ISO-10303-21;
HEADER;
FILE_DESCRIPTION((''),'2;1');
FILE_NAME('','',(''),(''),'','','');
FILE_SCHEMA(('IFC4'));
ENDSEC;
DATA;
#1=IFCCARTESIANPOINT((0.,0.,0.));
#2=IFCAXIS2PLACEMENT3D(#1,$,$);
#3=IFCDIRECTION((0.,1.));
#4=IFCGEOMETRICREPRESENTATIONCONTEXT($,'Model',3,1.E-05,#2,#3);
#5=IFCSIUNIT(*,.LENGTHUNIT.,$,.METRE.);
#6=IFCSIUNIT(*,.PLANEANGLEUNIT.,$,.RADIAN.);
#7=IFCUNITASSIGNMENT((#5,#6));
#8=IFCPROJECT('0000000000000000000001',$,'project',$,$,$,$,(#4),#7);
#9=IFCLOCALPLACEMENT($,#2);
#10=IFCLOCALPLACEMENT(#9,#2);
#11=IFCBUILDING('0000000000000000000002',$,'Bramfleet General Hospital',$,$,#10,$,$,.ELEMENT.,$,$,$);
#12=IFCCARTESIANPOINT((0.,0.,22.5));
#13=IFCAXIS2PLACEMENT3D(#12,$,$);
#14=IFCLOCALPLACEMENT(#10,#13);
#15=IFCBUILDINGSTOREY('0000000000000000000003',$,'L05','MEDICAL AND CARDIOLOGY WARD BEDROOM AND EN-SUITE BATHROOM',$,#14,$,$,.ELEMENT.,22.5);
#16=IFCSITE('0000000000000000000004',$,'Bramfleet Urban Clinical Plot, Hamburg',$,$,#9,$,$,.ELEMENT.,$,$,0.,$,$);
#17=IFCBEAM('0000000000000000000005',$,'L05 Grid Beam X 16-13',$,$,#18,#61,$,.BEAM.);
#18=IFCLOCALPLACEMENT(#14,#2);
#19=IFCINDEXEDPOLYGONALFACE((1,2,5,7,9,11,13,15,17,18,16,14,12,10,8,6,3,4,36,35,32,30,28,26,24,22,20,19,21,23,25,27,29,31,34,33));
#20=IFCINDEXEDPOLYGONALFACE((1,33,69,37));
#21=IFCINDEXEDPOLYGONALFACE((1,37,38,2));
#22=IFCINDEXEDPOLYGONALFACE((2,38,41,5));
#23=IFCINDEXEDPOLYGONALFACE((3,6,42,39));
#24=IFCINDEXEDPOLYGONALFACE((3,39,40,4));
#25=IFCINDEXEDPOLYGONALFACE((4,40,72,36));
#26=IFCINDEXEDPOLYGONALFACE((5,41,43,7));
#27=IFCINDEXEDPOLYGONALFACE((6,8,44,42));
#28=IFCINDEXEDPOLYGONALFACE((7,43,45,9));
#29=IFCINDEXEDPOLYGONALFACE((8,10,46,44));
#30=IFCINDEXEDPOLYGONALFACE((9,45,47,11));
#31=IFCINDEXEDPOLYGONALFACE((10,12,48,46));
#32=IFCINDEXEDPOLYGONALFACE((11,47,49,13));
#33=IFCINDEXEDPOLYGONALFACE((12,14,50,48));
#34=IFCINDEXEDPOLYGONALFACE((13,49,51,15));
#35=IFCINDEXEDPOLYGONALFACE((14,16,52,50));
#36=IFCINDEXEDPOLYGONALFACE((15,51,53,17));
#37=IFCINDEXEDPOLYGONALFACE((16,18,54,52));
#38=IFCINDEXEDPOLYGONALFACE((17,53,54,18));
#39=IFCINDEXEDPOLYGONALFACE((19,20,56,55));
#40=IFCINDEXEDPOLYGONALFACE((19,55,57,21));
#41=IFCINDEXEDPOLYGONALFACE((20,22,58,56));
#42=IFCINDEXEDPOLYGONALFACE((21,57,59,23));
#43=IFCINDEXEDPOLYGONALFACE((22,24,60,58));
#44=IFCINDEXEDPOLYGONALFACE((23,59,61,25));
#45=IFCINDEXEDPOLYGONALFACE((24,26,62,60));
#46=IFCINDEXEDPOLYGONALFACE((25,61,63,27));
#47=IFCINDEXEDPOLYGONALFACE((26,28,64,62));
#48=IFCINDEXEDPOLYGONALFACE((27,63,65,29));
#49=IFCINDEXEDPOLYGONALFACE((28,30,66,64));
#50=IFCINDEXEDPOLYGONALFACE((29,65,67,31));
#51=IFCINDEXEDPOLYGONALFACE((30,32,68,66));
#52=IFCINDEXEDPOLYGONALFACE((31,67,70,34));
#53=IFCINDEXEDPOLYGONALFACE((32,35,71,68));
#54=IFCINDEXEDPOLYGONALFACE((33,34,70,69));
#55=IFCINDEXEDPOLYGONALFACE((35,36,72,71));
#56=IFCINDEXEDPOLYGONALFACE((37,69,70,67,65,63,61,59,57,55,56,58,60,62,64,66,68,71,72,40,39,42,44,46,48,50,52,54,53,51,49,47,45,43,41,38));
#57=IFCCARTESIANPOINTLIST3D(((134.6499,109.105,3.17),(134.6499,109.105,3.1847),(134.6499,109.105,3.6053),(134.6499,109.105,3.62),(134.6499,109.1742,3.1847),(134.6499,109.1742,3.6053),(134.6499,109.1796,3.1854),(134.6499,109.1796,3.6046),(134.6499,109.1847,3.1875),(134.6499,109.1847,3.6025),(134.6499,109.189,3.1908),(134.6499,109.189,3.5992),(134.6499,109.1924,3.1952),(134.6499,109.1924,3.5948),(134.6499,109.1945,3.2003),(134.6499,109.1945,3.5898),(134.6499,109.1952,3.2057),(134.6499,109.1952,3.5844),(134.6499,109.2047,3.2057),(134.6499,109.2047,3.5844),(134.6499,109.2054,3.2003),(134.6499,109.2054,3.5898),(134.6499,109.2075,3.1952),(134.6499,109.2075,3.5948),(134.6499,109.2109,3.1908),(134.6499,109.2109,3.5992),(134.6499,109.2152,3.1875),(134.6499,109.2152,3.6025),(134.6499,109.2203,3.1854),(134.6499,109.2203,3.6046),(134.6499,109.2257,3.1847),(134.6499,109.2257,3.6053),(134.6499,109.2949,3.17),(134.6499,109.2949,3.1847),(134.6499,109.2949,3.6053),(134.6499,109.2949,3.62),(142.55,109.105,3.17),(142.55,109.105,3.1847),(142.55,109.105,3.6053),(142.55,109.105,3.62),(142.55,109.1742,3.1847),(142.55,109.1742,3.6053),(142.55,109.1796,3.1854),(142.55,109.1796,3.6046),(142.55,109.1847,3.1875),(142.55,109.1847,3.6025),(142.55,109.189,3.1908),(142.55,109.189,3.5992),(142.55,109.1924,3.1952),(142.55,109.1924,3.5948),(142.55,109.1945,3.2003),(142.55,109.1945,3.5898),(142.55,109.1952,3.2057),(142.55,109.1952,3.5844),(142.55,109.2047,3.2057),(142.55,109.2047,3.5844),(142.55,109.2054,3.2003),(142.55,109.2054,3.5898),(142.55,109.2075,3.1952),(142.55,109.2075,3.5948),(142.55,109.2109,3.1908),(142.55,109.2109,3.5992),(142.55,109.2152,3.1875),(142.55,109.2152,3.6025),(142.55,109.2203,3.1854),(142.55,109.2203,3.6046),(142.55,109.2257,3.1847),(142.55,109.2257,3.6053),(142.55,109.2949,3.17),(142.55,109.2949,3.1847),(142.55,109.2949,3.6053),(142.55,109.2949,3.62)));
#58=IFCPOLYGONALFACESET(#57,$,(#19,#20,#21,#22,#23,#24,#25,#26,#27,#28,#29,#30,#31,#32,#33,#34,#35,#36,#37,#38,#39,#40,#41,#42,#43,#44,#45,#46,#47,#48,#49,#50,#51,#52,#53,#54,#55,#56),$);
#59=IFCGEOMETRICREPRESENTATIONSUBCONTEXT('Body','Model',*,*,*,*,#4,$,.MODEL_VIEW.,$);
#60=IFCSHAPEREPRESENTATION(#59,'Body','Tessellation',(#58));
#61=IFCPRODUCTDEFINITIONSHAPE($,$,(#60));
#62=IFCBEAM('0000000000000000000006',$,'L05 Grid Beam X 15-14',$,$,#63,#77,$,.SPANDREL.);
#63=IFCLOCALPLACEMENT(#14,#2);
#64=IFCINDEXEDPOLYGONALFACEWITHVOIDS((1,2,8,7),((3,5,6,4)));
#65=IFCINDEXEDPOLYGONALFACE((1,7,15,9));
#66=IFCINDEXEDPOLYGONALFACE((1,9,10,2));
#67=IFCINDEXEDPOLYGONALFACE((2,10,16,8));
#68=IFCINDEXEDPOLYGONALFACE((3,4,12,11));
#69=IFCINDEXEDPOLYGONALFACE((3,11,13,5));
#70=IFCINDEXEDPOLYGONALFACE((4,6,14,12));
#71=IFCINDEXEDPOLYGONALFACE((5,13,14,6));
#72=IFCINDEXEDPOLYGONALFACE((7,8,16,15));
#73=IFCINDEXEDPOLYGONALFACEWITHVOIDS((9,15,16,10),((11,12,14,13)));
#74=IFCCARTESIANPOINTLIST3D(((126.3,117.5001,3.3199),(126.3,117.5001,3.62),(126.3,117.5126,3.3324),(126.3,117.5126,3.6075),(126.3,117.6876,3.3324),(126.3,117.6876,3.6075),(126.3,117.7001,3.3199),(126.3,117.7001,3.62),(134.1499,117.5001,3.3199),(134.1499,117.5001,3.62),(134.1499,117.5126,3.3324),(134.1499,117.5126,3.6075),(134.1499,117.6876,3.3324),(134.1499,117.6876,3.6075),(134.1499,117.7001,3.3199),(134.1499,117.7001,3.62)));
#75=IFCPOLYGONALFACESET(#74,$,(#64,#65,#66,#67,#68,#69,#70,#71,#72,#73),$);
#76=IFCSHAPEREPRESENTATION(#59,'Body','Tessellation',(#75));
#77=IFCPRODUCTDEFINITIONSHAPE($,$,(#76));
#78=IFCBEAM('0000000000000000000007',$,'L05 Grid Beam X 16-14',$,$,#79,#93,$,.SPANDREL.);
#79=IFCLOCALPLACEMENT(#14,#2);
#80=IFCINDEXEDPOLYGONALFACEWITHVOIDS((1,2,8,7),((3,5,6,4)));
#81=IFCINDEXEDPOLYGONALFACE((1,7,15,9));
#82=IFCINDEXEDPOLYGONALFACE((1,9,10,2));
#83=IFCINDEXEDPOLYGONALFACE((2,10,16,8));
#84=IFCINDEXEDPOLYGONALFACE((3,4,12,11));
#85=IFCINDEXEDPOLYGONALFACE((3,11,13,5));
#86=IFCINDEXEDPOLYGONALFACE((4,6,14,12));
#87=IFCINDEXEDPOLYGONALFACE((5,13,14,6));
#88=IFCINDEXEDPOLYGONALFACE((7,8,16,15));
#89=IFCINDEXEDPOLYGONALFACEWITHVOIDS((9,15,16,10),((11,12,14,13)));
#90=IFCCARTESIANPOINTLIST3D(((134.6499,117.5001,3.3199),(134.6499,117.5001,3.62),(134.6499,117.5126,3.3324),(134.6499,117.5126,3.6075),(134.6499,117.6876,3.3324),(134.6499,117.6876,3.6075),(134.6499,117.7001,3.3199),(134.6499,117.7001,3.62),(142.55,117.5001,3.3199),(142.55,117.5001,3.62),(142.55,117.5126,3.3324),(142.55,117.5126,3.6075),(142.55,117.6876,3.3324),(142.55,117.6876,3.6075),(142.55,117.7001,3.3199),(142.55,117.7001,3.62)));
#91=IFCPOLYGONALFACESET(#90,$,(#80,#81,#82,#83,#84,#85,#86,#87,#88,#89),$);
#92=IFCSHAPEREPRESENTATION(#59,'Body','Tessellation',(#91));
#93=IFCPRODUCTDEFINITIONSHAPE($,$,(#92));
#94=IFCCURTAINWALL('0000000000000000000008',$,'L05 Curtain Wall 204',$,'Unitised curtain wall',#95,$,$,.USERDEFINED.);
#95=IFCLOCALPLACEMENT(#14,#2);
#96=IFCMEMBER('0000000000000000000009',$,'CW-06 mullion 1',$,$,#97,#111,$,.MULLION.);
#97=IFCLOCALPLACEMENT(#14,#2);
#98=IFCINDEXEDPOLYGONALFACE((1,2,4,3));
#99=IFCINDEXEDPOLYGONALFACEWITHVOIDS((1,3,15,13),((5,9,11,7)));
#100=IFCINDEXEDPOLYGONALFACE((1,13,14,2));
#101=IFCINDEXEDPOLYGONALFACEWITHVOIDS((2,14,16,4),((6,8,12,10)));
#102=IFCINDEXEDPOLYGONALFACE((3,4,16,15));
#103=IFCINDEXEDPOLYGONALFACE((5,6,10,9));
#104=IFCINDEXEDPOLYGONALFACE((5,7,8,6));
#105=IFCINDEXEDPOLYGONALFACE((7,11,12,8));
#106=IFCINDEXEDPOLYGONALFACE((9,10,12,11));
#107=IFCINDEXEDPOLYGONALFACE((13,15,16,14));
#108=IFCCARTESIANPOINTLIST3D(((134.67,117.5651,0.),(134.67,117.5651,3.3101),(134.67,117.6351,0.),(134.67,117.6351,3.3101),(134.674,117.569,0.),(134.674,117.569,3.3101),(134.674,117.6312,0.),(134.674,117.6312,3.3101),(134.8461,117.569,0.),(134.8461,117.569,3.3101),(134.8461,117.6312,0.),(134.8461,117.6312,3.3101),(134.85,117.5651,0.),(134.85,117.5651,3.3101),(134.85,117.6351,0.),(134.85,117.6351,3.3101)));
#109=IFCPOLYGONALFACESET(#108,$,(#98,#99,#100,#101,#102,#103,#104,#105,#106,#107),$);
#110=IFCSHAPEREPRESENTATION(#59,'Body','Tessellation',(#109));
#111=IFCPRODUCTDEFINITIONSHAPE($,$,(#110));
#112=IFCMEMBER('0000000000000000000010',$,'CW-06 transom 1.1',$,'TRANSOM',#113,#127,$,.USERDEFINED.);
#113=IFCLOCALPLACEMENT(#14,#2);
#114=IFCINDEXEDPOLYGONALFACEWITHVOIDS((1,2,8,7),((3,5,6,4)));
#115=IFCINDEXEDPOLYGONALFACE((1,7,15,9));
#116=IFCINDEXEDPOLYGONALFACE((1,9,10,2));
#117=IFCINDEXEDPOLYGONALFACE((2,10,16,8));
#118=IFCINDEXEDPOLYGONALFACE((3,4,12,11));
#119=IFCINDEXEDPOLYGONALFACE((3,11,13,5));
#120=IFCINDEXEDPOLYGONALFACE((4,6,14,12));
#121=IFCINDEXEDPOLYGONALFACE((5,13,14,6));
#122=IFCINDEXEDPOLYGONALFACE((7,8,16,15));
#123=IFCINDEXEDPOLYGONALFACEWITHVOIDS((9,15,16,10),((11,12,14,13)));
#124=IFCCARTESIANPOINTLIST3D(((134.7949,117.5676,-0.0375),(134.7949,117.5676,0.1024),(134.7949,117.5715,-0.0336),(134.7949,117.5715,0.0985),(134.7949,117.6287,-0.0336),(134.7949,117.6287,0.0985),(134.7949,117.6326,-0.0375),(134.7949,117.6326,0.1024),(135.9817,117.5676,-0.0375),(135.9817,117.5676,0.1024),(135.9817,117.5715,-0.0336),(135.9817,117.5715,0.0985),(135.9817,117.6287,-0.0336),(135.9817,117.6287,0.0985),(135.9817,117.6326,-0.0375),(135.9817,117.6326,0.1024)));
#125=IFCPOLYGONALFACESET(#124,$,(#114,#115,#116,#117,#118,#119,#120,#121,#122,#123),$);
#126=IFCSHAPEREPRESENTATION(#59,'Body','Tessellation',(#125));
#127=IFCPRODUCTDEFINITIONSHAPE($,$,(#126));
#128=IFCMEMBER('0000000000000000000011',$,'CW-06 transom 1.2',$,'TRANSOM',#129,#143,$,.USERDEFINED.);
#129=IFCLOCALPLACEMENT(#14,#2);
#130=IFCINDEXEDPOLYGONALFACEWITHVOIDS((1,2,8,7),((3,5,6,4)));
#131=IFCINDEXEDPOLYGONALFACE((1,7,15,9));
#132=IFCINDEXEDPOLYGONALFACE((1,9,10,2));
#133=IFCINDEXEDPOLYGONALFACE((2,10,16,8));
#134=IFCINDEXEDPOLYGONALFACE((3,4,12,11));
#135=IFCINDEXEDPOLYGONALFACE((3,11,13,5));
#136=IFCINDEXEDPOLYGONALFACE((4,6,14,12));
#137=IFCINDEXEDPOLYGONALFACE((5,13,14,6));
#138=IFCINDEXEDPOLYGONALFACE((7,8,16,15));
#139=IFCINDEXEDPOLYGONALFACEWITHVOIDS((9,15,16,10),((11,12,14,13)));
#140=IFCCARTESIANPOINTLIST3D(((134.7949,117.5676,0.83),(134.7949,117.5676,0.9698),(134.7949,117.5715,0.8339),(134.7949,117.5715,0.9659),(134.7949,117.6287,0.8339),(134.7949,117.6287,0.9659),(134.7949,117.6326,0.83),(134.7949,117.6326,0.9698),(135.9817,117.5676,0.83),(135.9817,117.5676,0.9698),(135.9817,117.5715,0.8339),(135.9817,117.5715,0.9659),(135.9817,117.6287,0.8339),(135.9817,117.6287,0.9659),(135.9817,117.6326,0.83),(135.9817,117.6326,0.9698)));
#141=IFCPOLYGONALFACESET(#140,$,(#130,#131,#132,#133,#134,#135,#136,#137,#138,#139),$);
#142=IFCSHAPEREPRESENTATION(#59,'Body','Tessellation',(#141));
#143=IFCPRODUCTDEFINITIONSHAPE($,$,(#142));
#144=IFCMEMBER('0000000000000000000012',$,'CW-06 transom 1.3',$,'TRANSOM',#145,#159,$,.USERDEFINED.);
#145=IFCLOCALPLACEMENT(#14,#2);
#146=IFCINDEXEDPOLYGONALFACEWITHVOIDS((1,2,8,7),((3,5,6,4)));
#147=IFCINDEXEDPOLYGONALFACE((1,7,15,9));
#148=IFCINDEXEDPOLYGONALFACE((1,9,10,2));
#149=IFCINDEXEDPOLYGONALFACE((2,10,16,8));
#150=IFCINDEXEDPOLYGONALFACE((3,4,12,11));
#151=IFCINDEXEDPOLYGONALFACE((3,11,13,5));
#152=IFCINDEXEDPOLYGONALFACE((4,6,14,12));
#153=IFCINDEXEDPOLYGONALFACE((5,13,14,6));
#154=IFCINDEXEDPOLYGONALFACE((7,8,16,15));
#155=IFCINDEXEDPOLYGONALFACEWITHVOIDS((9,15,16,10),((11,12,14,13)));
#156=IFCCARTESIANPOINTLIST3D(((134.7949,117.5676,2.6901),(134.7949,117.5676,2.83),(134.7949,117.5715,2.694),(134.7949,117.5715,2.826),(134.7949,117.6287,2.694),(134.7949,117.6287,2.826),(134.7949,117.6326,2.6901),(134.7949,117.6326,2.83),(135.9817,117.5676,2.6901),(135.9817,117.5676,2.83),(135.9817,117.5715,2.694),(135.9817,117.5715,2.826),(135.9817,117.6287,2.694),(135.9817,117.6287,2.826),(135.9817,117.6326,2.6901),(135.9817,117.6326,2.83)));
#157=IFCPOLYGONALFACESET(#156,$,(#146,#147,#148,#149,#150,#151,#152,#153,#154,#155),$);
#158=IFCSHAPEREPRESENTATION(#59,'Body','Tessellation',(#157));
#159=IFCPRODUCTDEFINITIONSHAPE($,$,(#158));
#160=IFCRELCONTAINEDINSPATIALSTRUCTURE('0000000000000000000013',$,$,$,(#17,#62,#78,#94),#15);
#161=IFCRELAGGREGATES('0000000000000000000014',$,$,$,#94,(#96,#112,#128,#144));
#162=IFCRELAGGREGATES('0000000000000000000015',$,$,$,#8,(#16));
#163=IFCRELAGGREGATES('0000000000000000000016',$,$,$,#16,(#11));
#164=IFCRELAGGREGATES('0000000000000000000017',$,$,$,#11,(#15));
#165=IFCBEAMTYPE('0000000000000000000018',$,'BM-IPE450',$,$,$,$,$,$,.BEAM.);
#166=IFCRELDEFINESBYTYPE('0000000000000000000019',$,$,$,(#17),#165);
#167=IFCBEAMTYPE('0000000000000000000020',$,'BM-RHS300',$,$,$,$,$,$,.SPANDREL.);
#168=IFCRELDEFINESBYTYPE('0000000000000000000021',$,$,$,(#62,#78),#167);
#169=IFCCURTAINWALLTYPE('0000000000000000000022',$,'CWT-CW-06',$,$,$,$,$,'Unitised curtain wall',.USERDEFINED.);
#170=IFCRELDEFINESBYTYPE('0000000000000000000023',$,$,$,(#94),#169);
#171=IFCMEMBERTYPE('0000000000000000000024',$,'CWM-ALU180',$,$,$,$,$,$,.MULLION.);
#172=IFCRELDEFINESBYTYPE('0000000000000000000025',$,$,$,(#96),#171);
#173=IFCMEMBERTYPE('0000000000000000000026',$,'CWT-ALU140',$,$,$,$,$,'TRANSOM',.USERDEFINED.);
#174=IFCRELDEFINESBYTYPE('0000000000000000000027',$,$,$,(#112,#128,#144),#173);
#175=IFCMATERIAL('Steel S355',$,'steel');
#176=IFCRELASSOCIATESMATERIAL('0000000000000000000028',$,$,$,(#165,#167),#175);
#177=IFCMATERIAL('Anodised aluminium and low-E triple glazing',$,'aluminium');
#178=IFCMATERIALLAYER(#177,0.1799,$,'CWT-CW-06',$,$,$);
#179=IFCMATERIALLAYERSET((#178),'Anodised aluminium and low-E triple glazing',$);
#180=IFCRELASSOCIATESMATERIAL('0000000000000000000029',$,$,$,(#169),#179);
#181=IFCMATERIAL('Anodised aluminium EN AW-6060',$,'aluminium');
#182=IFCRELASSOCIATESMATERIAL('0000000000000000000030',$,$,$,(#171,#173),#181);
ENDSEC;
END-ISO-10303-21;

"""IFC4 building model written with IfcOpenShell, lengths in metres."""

from ifc_helpers import new_model, si_unit, direction, frame, origin, origin_2d, place, context, subcontext, project, spatial, hollow_rectangle, i_section, extrude, material, layer, layer_set, material_profile, profile_set, type_object, element, aggregate, save


model = new_model("IFC4")

# Units and contexts
model_context = context("Model", 3, precision=1e-05, world=origin(), true_north=direction((0.0, 1.0)))
body_context = subcontext(model_context, "Body", "Model", "MODEL_VIEW")
ifc_project = project(units=[si_unit("LENGTHUNIT", "METRE"), si_unit("PLANEANGLEUNIT", "RADIAN")], contexts=[model_context])

# Site, building, storey
site_placement = place(None, origin())
site = spatial("IfcSite", under=ifc_project, at=site_placement, Name="Bramfleet Urban Clinical Plot, Hamburg", CompositionType="ELEMENT", RefElevation=0.0)
building_placement = place(site_placement, origin())
building = spatial("IfcBuilding", under=site, at=building_placement, Name="Bramfleet General Hospital", CompositionType="ELEMENT")
storey_placement = place(building_placement, frame((0.0, 0.0, 22.5)))
storey = spatial("IfcBuildingStorey", under=building, at=storey_placement, Name="L05", Description="MEDICAL AND CARDIOLOGY WARD BEDROOM AND EN-SUITE BATHROOM", CompositionType="ELEMENT", Elevation=22.5)

# Beams
ifc_material_1 = material(Name="Steel S355", Category="steel")
ifc_material_profile_1 = material_profile(ifc_material_1, i_section(OverallWidth=0.1899, OverallDepth=0.45, WebThickness=0.0095, FlangeThickness=0.0146, FilletRadius=0.021, at=origin_2d()), Name="IPE 450")
ifc_profile_set_1 = profile_set([ifc_material_profile_1], Name="Steel S355")
beam_type_1 = type_object("IfcBeamType", Name="BM-IPE450", PredefinedType="BEAM", material=ifc_profile_set_1)
beam_1_placement = place(storey_placement, frame((134.6499, 109.2, 3.395), z_axis=(1.0, 0.0, 0.0), x_axis=(0.0, 1.0, 0.0)))
element("IfcBeam", 1, at=beam_1_placement, inside=storey, type_object=beam_type_1, Name="L05 Grid Beam X 16-13", PredefinedType="BEAM", context=body_context, shape_type="SweptSolid", body=[
    extrude(i_section(OverallWidth=0.1899, OverallDepth=0.45, WebThickness=0.0095, FlangeThickness=0.0146, FilletRadius=0.021, at=origin_2d()), origin(), (0.0, 0.0, 1.0), 7.9001),
])
ifc_material_profile_2 = material_profile(ifc_material_1, hollow_rectangle(XDim=0.2, YDim=0.3, WallThickness=0.0125, at=origin_2d()), Name="RHS 300x200x12.5")
ifc_profile_set_2 = profile_set([ifc_material_profile_2], Name="Steel S355")
beam_type_2 = type_object("IfcBeamType", Name="BM-RHS300", PredefinedType="SPANDREL", material=ifc_profile_set_2)
beam_2_placement = place(storey_placement, frame((126.3, 117.6001, 3.47), z_axis=(1.0, 0.0, 0.0), x_axis=(0.0, 1.0, 0.0)))
element("IfcBeam", 2, at=beam_2_placement, inside=storey, type_object=beam_type_2, Name="L05 Grid Beam X 15-14", PredefinedType="SPANDREL", context=body_context, shape_type="SweptSolid", body=[
    extrude(hollow_rectangle(XDim=0.2, YDim=0.3, WallThickness=0.0125, at=origin_2d()), origin(), (0.0, 0.0, 1.0), 7.8499),
])
beam_3_placement = place(storey_placement, frame((134.6499, 117.6001, 3.47), z_axis=(1.0, 0.0, 0.0), x_axis=(0.0, 1.0, 0.0)))
element("IfcBeam", 3, at=beam_3_placement, inside=storey, type_object=beam_type_2, Name="L05 Grid Beam X 16-14", PredefinedType="SPANDREL", context=body_context, shape_type="SweptSolid", body=[
    extrude(hollow_rectangle(XDim=0.2, YDim=0.3, WallThickness=0.0125, at=origin_2d()), origin(), (0.0, 0.0, 1.0), 7.9001),
])

# Curtain wall, members
ifc_material_2 = material(Name="Anodised aluminium and low-E triple glazing", Category="aluminium")
ifc_layer_1 = layer(ifc_material_2, 0.1799, Name="CWT-CW-06")
ifc_layer_set_1 = layer_set([ifc_layer_1], Name="Anodised aluminium and low-E triple glazing")
curtain_wall_type = type_object("IfcCurtainWallType", Name="CWT-CW-06", ElementType="Unitised curtain wall", PredefinedType="USERDEFINED", material=ifc_layer_set_1)
curtain_wall_placement = place(storey_placement, origin())
curtain_wall = element("IfcCurtainWall", 4, at=curtain_wall_placement, inside=storey, type_object=curtain_wall_type, Name="L05 Curtain Wall 204", ObjectType="Unitised curtain wall", PredefinedType="USERDEFINED")
ifc_material_3 = material(Name="Anodised aluminium EN AW-6060", Category="aluminium")
ifc_material_profile_3 = material_profile(ifc_material_3, hollow_rectangle(XDim=0.0701, YDim=0.1799, WallThickness=0.0039, at=origin_2d()), Name="ALU 180x70x4.0")
ifc_profile_set_3 = profile_set([ifc_material_profile_3], Name="Anodised aluminium EN AW-6060")
member_type_1 = type_object("IfcMemberType", Name="CWM-ALU180", PredefinedType="MULLION", material=ifc_profile_set_3)
member_1_placement = place(storey_placement, frame((134.76, 117.6001, 0.0), z_axis=(0.0, 0.0, 1.0), x_axis=(0.0, 1.0, 0.0)))
member_1 = element("IfcMember", 5, at=member_1_placement, type_object=member_type_1, Name="CW-06 mullion 1", PredefinedType="MULLION", context=body_context, shape_type="SweptSolid", body=[
    extrude(hollow_rectangle(XDim=0.0701, YDim=0.1799, WallThickness=0.0039, at=origin_2d()), origin(), (0.0, 0.0, 1.0), 3.3101),
])
ifc_material_profile_4 = material_profile(ifc_material_3, hollow_rectangle(XDim=0.0649, YDim=0.1399, WallThickness=0.0039, at=origin_2d()), Name="ALU 140x65x4.0")
ifc_profile_set_4 = profile_set([ifc_material_profile_4], Name="Anodised aluminium EN AW-6060")
member_type_2 = type_object("IfcMemberType", Name="CWT-ALU140", ElementType="TRANSOM", PredefinedType="USERDEFINED", material=ifc_profile_set_4)
member_2_placement = place(storey_placement, frame((134.7949, 117.6001, 0.0325), z_axis=(1.0, 0.0, 0.0), x_axis=(0.0, 1.0, 0.0)))
member_2 = element("IfcMember", 6, at=member_2_placement, type_object=member_type_2, Name="CW-06 transom 1.1", ObjectType="TRANSOM", PredefinedType="USERDEFINED", context=body_context, shape_type="SweptSolid", body=[
    extrude(hollow_rectangle(XDim=0.0649, YDim=0.1399, WallThickness=0.0039, at=origin_2d()), origin(), (0.0, 0.0, 1.0), 1.1868),
])
member_3_placement = place(storey_placement, frame((134.7949, 117.6001, 0.8999), z_axis=(1.0, 0.0, 0.0), x_axis=(0.0, 1.0, 0.0)))
member_3 = element("IfcMember", 7, at=member_3_placement, type_object=member_type_2, Name="CW-06 transom 1.2", ObjectType="TRANSOM", PredefinedType="USERDEFINED", context=body_context, shape_type="SweptSolid", body=[
    extrude(hollow_rectangle(XDim=0.0649, YDim=0.1399, WallThickness=0.0039, at=origin_2d()), origin(), (0.0, 0.0, 1.0), 1.1868),
])
member_4_placement = place(storey_placement, frame((134.7949, 117.6001, 2.76), z_axis=(1.0, 0.0, 0.0), x_axis=(0.0, 1.0, 0.0)))
member_4 = element("IfcMember", 8, at=member_4_placement, type_object=member_type_2, Name="CW-06 transom 1.3", ObjectType="TRANSOM", PredefinedType="USERDEFINED", context=body_context, shape_type="SweptSolid", body=[
    extrude(hollow_rectangle(XDim=0.0649, YDim=0.1399, WallThickness=0.0039, at=origin_2d()), origin(), (0.0, 0.0, 1.0), 1.1868),
])
aggregate(curtain_wall, [member_1, member_2, member_3, member_4])

save(model, "model.ifc")
